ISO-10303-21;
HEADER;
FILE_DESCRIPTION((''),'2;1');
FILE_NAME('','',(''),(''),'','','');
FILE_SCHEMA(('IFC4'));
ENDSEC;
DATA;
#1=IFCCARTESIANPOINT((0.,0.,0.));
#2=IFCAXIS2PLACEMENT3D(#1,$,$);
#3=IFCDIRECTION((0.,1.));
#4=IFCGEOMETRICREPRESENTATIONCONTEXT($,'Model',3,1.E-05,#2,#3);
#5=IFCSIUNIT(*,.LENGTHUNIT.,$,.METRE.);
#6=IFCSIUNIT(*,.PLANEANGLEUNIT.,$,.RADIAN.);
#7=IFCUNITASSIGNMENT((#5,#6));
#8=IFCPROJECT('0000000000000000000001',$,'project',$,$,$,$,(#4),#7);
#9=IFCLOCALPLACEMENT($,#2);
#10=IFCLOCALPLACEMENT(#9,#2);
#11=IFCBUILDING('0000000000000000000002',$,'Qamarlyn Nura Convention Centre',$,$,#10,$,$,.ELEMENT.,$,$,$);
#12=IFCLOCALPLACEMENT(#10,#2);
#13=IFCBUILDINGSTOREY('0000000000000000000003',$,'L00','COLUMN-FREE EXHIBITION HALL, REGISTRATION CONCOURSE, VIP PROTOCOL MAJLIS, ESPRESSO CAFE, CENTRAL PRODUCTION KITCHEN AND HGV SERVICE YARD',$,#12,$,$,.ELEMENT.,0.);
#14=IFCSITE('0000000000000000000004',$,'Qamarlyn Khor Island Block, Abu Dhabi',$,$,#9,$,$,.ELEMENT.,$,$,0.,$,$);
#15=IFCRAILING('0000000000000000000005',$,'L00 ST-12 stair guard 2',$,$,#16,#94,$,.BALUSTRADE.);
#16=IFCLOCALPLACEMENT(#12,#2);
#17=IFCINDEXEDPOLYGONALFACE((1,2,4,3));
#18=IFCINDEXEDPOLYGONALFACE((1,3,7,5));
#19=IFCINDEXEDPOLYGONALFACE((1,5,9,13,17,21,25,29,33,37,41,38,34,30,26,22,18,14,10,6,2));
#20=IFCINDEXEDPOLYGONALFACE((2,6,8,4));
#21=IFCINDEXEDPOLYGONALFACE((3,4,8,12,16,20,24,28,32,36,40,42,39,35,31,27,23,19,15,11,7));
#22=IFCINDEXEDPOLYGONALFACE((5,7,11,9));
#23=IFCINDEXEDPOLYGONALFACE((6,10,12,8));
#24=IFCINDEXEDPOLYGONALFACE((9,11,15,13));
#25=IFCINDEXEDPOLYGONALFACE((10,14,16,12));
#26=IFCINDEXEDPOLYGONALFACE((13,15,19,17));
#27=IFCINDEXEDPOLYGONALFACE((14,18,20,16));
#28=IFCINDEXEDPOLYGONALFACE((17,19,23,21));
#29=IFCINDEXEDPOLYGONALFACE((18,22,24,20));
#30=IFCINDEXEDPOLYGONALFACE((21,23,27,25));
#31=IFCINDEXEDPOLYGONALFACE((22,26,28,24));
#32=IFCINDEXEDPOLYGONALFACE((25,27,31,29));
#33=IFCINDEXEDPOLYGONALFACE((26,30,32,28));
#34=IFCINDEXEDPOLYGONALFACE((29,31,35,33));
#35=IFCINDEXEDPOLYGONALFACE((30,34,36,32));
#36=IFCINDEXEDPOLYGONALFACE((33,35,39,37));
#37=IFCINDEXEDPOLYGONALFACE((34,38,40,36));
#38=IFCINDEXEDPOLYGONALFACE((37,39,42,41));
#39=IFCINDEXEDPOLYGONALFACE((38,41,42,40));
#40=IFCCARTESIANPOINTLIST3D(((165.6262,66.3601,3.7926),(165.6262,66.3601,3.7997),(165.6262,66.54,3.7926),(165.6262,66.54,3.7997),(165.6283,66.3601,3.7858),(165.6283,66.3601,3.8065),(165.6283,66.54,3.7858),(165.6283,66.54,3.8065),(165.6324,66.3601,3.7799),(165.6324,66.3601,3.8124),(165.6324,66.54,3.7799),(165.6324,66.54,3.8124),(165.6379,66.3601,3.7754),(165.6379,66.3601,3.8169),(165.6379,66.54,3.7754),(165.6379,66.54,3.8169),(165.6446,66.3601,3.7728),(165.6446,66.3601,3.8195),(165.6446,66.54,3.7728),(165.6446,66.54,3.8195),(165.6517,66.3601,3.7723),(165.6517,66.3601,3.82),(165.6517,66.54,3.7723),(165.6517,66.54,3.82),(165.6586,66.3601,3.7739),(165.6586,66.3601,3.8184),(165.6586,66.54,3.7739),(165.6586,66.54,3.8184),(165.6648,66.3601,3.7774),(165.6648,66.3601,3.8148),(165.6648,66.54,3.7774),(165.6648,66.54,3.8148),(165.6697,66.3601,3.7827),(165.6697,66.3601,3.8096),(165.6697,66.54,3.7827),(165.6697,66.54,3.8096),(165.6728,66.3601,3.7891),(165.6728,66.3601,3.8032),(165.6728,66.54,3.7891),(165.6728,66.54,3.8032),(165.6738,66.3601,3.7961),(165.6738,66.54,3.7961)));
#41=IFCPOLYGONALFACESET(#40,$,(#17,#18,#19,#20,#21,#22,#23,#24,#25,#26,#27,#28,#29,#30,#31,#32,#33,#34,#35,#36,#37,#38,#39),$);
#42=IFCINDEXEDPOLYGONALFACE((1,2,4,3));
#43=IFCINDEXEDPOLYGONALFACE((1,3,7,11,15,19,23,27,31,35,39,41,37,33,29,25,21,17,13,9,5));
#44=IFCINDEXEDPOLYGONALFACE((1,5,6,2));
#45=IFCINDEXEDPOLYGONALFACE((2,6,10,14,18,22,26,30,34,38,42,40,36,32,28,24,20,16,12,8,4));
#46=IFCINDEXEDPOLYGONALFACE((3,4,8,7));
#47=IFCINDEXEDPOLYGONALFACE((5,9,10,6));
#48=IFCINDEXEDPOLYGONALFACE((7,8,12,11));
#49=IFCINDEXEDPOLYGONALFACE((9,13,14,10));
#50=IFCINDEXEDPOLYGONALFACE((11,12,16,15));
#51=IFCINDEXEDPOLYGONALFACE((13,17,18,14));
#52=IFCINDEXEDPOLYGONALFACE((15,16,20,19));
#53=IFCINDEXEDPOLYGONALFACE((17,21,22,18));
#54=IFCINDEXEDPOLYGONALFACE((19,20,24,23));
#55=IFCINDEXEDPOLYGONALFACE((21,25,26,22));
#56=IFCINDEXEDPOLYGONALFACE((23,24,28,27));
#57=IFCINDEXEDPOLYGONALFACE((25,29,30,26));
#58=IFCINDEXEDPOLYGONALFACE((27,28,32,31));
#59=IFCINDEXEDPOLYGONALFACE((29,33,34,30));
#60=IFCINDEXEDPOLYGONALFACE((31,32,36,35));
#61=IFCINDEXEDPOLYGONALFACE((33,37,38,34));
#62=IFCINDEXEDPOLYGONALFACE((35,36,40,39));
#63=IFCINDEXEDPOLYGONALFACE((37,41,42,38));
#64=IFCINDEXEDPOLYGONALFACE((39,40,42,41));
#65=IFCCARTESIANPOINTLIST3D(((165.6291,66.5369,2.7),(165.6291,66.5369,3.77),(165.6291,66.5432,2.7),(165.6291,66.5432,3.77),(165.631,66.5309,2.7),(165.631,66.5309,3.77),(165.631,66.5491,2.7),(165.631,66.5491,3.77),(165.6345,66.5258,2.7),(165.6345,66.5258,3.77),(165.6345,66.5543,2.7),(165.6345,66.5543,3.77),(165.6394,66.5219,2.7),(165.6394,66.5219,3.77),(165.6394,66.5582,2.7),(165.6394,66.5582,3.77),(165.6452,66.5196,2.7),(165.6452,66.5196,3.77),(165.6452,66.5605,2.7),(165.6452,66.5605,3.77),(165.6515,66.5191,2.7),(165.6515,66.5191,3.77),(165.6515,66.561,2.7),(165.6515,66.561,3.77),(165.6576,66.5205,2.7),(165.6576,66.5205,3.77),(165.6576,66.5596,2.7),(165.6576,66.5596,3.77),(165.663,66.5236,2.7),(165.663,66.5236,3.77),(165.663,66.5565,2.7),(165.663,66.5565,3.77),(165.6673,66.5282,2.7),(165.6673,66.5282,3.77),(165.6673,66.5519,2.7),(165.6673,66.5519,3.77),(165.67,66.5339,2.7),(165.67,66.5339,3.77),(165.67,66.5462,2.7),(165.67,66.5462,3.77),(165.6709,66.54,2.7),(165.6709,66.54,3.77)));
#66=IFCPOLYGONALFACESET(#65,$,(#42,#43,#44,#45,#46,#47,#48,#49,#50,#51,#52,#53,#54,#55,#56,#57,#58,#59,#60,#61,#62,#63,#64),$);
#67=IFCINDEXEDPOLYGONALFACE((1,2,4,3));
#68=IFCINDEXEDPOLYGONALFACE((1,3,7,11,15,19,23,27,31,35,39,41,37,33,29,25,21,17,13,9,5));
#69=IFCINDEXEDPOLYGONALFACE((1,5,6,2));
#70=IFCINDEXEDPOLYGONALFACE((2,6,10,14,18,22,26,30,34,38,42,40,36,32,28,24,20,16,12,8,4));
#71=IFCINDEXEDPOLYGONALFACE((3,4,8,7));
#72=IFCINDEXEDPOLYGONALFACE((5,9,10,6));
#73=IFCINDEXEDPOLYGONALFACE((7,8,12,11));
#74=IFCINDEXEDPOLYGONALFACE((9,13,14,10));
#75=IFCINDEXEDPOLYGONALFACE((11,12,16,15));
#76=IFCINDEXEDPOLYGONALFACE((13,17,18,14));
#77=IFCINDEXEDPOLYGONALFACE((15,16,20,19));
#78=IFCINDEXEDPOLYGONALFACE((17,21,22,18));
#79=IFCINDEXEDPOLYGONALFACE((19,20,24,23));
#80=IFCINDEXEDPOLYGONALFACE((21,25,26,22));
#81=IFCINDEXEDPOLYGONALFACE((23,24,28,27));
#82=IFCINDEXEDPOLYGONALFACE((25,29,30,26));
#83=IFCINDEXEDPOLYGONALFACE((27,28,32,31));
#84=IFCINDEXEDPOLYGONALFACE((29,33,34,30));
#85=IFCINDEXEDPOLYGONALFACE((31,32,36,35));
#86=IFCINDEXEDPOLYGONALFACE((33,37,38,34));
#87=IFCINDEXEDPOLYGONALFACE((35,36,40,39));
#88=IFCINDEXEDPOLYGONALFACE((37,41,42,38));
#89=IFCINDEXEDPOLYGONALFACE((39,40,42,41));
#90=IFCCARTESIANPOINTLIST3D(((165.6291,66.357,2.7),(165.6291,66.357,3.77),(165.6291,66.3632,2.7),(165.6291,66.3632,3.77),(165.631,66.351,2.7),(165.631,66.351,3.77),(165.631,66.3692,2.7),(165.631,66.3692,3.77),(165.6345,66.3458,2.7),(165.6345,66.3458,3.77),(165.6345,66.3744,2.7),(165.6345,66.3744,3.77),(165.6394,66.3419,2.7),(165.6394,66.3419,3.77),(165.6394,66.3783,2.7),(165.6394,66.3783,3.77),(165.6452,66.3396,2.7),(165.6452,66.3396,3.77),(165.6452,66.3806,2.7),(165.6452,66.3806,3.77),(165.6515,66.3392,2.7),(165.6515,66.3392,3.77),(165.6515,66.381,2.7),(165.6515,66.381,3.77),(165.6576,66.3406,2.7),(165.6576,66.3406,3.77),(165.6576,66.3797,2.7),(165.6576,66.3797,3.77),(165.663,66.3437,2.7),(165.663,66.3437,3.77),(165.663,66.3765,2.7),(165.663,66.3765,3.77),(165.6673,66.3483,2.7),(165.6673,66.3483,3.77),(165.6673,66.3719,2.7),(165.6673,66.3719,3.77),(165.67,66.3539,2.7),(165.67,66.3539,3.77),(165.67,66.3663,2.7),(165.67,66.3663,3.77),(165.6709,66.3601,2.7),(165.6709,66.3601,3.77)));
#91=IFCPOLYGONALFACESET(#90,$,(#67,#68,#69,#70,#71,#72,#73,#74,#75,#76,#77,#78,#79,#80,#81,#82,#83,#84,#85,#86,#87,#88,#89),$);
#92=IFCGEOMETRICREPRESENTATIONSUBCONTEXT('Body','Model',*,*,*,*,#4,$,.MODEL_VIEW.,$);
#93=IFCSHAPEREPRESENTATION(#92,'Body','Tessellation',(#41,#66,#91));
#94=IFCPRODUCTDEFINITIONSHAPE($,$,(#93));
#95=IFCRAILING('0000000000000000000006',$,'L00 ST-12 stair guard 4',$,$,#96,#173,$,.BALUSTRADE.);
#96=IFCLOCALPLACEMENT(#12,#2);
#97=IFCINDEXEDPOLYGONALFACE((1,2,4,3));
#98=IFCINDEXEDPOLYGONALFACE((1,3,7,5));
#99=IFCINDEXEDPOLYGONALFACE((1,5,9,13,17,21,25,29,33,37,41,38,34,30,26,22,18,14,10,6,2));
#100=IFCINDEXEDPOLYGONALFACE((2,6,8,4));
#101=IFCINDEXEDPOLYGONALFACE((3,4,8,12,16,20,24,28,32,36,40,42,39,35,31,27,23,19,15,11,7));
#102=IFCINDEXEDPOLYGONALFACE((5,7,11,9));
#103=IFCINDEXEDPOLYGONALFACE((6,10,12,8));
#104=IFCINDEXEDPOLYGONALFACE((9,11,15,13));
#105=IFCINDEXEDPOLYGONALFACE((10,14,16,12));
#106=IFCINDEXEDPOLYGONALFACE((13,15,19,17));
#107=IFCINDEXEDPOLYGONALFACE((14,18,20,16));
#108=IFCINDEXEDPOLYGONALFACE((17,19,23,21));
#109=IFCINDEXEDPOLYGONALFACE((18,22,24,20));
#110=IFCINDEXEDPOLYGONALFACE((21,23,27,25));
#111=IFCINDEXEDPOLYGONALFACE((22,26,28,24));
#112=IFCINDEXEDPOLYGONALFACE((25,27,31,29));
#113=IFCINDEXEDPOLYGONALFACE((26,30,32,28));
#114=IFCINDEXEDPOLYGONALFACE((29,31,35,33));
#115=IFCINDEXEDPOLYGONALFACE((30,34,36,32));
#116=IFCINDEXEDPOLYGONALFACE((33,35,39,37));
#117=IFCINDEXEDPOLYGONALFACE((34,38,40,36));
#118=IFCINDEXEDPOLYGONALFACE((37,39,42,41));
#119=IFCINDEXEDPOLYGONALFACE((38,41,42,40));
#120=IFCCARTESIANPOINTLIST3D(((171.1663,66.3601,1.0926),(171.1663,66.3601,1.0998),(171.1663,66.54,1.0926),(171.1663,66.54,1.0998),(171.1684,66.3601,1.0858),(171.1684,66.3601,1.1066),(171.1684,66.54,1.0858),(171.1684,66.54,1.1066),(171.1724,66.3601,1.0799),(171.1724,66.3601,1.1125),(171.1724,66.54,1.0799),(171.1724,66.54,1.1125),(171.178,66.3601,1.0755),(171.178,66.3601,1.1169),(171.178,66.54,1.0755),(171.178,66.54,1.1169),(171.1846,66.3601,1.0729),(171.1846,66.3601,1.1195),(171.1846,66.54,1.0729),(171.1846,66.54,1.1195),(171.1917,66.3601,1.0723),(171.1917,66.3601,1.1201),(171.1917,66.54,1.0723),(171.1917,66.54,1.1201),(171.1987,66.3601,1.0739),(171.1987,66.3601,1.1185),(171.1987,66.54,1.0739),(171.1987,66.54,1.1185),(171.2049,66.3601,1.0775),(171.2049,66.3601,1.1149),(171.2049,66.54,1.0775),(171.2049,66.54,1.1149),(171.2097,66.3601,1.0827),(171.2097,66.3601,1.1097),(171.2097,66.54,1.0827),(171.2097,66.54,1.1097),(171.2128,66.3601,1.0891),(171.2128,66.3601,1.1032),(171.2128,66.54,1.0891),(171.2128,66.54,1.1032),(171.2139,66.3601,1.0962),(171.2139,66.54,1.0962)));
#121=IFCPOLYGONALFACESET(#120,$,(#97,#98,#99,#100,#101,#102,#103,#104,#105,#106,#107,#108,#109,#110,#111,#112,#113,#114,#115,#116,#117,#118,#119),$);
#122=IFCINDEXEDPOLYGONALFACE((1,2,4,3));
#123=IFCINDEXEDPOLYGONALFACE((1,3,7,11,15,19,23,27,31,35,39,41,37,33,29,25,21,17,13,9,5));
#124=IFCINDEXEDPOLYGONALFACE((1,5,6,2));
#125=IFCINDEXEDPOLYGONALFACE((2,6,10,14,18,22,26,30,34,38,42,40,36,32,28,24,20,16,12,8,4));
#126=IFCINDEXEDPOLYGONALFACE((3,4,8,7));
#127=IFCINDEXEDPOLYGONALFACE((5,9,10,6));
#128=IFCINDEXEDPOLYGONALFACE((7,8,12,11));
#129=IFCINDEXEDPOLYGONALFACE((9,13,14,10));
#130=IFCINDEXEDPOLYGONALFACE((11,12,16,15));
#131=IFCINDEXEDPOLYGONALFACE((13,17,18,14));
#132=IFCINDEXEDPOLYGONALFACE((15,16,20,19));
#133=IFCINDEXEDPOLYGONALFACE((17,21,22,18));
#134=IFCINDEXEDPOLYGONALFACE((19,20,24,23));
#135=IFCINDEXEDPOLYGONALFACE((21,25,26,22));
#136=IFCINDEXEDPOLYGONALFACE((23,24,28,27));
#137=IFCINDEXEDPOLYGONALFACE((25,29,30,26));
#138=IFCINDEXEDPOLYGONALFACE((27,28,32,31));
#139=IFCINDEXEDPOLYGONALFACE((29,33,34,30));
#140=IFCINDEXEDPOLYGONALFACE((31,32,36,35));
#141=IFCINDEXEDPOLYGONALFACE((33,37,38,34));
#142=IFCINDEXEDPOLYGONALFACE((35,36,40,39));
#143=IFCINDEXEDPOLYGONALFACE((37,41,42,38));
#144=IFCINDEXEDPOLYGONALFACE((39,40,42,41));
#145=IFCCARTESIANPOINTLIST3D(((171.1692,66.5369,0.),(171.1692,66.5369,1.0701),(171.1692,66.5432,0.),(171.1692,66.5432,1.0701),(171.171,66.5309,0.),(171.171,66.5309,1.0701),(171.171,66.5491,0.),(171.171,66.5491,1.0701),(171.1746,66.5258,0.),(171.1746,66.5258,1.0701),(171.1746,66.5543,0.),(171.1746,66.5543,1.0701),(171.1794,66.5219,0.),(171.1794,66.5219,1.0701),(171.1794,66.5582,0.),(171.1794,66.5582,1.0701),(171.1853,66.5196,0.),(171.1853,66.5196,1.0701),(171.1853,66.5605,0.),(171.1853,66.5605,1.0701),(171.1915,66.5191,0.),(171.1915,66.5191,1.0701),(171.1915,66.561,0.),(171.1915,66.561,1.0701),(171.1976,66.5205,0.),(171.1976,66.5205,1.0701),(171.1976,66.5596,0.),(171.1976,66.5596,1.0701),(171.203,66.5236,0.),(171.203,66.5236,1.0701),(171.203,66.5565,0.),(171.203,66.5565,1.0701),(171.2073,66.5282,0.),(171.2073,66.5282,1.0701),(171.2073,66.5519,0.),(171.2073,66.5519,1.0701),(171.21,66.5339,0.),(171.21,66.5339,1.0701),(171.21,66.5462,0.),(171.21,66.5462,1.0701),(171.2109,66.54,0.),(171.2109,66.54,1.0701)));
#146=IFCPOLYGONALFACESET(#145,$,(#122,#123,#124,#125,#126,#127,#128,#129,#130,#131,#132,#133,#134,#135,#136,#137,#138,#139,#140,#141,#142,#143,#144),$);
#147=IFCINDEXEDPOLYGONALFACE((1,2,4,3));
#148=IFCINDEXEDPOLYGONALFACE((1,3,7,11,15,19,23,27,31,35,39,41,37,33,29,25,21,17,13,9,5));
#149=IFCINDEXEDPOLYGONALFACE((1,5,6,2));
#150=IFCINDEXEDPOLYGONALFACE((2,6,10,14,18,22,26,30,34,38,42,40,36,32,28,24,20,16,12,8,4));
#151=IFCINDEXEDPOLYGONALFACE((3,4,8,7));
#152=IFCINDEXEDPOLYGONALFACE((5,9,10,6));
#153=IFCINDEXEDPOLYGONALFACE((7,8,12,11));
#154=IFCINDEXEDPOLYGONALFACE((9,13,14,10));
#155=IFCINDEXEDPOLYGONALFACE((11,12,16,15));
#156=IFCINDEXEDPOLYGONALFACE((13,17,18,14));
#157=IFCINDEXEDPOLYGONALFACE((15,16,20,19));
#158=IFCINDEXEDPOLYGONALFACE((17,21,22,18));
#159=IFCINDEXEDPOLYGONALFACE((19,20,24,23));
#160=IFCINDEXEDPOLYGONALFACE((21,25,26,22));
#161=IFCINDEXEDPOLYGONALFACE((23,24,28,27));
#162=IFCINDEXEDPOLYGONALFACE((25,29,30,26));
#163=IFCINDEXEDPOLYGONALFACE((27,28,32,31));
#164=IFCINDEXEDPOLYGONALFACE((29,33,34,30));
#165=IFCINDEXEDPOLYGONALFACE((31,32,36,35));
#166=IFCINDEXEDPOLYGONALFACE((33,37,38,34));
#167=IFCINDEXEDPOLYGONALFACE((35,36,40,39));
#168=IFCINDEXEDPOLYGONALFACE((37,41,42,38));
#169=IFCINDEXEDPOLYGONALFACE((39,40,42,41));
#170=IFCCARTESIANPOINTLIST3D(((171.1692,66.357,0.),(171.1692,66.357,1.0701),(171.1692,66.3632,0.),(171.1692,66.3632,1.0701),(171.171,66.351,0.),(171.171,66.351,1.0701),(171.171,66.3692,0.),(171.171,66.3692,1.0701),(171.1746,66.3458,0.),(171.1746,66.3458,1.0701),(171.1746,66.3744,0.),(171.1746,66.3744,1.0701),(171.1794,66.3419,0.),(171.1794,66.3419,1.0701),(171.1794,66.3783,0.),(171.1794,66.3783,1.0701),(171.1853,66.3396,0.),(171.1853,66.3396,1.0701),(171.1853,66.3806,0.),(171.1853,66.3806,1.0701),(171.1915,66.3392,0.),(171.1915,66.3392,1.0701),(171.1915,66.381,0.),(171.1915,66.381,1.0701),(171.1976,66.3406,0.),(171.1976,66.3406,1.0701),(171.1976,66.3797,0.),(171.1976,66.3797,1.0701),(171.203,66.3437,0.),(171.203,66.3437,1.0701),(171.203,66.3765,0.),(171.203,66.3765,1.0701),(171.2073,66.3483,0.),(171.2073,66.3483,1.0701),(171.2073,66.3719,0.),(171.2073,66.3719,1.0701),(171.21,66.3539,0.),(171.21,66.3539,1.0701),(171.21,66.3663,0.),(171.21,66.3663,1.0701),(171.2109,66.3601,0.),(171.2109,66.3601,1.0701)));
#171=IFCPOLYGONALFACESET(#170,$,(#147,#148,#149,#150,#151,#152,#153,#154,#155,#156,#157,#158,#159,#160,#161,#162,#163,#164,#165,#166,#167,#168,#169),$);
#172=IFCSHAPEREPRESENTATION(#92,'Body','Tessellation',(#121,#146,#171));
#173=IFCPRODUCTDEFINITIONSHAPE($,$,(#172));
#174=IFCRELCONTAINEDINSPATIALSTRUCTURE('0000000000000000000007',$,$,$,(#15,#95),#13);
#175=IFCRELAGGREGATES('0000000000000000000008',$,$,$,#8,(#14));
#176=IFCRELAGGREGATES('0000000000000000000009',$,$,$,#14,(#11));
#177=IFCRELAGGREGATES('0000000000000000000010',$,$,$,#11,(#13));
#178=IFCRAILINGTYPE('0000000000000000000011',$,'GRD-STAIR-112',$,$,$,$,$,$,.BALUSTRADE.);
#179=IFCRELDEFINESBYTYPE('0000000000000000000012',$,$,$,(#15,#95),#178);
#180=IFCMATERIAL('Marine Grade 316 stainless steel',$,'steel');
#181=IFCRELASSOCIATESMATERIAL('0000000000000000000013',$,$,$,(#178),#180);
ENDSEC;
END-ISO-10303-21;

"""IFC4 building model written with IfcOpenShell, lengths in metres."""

from ifc_helpers import new_model, si_unit, direction, frame, origin, origin_2d, place, context, subcontext, project, spatial, circle, extrude, material, type_object, element, save


model = new_model("IFC4")

# Units and contexts
model_context = context("Model", 3, precision=1e-05, world=origin(), true_north=direction((0.0, 1.0)))
body_context = subcontext(model_context, "Body", "Model", "MODEL_VIEW")
ifc_project = project(units=[si_unit("LENGTHUNIT", "METRE"), si_unit("PLANEANGLEUNIT", "RADIAN")], contexts=[model_context])

# Site, building, storey
site_placement = place(None, origin())
site = spatial("IfcSite", under=ifc_project, at=site_placement, Name="Qamarlyn Khor Island Block, Abu Dhabi", CompositionType="ELEMENT", RefElevation=0.0)
building_placement = place(site_placement, origin())
building = spatial("IfcBuilding", under=site, at=building_placement, Name="Qamarlyn Nura Convention Centre", CompositionType="ELEMENT")
storey_placement = place(building_placement, origin())
storey = spatial("IfcBuildingStorey", under=building, at=storey_placement, Name="L00", Description="COLUMN-FREE EXHIBITION HALL, REGISTRATION CONCOURSE, VIP PROTOCOL MAJLIS, ESPRESSO CAFE, CENTRAL PRODUCTION KITCHEN AND HGV SERVICE YARD", CompositionType="ELEMENT", Elevation=0.0)

# Shared definitions
ifc_material_1 = material(Name="Marine Grade 316 stainless steel", Category="steel")

# Railings
railing_type_1 = type_object("IfcRailingType", Name="GRD-STAIR-112", PredefinedType="BALUSTRADE", material=ifc_material_1)
for number, where, name in (
    (1, (165.6499, 66.54, 2.7), "L00 ST-12 stair guard 2"),
    (2, (171.1899, 66.54, 0.0), "L00 ST-12 stair guard 4"),
):
    element("IfcRailing", number, at=place(storey_placement, frame(where)), inside=storey, type_object=railing_type_1, Name=name, PredefinedType="BALUSTRADE", context=body_context, shape_type="SweptSolid", body=[
        extrude(circle(Radius=0.0239, at=origin_2d()), frame((0.0, 0.0, 1.0962), z_axis=(0.0, -1.0, 0.0), x_axis=(1.0, 0.0, 0.0)), (0.0, 0.0, 1.0), 0.1799),
        extrude(circle(Radius=0.021, at=origin_2d()), origin(), (0.0, 0.0, 1.0), 1.0701),
        extrude(circle(Radius=0.021, at=origin_2d()), frame((0.0, -0.1799, 0.0)), (0.0, 0.0, 1.0), 1.0701),
    ])

save(model, "model.ifc")
